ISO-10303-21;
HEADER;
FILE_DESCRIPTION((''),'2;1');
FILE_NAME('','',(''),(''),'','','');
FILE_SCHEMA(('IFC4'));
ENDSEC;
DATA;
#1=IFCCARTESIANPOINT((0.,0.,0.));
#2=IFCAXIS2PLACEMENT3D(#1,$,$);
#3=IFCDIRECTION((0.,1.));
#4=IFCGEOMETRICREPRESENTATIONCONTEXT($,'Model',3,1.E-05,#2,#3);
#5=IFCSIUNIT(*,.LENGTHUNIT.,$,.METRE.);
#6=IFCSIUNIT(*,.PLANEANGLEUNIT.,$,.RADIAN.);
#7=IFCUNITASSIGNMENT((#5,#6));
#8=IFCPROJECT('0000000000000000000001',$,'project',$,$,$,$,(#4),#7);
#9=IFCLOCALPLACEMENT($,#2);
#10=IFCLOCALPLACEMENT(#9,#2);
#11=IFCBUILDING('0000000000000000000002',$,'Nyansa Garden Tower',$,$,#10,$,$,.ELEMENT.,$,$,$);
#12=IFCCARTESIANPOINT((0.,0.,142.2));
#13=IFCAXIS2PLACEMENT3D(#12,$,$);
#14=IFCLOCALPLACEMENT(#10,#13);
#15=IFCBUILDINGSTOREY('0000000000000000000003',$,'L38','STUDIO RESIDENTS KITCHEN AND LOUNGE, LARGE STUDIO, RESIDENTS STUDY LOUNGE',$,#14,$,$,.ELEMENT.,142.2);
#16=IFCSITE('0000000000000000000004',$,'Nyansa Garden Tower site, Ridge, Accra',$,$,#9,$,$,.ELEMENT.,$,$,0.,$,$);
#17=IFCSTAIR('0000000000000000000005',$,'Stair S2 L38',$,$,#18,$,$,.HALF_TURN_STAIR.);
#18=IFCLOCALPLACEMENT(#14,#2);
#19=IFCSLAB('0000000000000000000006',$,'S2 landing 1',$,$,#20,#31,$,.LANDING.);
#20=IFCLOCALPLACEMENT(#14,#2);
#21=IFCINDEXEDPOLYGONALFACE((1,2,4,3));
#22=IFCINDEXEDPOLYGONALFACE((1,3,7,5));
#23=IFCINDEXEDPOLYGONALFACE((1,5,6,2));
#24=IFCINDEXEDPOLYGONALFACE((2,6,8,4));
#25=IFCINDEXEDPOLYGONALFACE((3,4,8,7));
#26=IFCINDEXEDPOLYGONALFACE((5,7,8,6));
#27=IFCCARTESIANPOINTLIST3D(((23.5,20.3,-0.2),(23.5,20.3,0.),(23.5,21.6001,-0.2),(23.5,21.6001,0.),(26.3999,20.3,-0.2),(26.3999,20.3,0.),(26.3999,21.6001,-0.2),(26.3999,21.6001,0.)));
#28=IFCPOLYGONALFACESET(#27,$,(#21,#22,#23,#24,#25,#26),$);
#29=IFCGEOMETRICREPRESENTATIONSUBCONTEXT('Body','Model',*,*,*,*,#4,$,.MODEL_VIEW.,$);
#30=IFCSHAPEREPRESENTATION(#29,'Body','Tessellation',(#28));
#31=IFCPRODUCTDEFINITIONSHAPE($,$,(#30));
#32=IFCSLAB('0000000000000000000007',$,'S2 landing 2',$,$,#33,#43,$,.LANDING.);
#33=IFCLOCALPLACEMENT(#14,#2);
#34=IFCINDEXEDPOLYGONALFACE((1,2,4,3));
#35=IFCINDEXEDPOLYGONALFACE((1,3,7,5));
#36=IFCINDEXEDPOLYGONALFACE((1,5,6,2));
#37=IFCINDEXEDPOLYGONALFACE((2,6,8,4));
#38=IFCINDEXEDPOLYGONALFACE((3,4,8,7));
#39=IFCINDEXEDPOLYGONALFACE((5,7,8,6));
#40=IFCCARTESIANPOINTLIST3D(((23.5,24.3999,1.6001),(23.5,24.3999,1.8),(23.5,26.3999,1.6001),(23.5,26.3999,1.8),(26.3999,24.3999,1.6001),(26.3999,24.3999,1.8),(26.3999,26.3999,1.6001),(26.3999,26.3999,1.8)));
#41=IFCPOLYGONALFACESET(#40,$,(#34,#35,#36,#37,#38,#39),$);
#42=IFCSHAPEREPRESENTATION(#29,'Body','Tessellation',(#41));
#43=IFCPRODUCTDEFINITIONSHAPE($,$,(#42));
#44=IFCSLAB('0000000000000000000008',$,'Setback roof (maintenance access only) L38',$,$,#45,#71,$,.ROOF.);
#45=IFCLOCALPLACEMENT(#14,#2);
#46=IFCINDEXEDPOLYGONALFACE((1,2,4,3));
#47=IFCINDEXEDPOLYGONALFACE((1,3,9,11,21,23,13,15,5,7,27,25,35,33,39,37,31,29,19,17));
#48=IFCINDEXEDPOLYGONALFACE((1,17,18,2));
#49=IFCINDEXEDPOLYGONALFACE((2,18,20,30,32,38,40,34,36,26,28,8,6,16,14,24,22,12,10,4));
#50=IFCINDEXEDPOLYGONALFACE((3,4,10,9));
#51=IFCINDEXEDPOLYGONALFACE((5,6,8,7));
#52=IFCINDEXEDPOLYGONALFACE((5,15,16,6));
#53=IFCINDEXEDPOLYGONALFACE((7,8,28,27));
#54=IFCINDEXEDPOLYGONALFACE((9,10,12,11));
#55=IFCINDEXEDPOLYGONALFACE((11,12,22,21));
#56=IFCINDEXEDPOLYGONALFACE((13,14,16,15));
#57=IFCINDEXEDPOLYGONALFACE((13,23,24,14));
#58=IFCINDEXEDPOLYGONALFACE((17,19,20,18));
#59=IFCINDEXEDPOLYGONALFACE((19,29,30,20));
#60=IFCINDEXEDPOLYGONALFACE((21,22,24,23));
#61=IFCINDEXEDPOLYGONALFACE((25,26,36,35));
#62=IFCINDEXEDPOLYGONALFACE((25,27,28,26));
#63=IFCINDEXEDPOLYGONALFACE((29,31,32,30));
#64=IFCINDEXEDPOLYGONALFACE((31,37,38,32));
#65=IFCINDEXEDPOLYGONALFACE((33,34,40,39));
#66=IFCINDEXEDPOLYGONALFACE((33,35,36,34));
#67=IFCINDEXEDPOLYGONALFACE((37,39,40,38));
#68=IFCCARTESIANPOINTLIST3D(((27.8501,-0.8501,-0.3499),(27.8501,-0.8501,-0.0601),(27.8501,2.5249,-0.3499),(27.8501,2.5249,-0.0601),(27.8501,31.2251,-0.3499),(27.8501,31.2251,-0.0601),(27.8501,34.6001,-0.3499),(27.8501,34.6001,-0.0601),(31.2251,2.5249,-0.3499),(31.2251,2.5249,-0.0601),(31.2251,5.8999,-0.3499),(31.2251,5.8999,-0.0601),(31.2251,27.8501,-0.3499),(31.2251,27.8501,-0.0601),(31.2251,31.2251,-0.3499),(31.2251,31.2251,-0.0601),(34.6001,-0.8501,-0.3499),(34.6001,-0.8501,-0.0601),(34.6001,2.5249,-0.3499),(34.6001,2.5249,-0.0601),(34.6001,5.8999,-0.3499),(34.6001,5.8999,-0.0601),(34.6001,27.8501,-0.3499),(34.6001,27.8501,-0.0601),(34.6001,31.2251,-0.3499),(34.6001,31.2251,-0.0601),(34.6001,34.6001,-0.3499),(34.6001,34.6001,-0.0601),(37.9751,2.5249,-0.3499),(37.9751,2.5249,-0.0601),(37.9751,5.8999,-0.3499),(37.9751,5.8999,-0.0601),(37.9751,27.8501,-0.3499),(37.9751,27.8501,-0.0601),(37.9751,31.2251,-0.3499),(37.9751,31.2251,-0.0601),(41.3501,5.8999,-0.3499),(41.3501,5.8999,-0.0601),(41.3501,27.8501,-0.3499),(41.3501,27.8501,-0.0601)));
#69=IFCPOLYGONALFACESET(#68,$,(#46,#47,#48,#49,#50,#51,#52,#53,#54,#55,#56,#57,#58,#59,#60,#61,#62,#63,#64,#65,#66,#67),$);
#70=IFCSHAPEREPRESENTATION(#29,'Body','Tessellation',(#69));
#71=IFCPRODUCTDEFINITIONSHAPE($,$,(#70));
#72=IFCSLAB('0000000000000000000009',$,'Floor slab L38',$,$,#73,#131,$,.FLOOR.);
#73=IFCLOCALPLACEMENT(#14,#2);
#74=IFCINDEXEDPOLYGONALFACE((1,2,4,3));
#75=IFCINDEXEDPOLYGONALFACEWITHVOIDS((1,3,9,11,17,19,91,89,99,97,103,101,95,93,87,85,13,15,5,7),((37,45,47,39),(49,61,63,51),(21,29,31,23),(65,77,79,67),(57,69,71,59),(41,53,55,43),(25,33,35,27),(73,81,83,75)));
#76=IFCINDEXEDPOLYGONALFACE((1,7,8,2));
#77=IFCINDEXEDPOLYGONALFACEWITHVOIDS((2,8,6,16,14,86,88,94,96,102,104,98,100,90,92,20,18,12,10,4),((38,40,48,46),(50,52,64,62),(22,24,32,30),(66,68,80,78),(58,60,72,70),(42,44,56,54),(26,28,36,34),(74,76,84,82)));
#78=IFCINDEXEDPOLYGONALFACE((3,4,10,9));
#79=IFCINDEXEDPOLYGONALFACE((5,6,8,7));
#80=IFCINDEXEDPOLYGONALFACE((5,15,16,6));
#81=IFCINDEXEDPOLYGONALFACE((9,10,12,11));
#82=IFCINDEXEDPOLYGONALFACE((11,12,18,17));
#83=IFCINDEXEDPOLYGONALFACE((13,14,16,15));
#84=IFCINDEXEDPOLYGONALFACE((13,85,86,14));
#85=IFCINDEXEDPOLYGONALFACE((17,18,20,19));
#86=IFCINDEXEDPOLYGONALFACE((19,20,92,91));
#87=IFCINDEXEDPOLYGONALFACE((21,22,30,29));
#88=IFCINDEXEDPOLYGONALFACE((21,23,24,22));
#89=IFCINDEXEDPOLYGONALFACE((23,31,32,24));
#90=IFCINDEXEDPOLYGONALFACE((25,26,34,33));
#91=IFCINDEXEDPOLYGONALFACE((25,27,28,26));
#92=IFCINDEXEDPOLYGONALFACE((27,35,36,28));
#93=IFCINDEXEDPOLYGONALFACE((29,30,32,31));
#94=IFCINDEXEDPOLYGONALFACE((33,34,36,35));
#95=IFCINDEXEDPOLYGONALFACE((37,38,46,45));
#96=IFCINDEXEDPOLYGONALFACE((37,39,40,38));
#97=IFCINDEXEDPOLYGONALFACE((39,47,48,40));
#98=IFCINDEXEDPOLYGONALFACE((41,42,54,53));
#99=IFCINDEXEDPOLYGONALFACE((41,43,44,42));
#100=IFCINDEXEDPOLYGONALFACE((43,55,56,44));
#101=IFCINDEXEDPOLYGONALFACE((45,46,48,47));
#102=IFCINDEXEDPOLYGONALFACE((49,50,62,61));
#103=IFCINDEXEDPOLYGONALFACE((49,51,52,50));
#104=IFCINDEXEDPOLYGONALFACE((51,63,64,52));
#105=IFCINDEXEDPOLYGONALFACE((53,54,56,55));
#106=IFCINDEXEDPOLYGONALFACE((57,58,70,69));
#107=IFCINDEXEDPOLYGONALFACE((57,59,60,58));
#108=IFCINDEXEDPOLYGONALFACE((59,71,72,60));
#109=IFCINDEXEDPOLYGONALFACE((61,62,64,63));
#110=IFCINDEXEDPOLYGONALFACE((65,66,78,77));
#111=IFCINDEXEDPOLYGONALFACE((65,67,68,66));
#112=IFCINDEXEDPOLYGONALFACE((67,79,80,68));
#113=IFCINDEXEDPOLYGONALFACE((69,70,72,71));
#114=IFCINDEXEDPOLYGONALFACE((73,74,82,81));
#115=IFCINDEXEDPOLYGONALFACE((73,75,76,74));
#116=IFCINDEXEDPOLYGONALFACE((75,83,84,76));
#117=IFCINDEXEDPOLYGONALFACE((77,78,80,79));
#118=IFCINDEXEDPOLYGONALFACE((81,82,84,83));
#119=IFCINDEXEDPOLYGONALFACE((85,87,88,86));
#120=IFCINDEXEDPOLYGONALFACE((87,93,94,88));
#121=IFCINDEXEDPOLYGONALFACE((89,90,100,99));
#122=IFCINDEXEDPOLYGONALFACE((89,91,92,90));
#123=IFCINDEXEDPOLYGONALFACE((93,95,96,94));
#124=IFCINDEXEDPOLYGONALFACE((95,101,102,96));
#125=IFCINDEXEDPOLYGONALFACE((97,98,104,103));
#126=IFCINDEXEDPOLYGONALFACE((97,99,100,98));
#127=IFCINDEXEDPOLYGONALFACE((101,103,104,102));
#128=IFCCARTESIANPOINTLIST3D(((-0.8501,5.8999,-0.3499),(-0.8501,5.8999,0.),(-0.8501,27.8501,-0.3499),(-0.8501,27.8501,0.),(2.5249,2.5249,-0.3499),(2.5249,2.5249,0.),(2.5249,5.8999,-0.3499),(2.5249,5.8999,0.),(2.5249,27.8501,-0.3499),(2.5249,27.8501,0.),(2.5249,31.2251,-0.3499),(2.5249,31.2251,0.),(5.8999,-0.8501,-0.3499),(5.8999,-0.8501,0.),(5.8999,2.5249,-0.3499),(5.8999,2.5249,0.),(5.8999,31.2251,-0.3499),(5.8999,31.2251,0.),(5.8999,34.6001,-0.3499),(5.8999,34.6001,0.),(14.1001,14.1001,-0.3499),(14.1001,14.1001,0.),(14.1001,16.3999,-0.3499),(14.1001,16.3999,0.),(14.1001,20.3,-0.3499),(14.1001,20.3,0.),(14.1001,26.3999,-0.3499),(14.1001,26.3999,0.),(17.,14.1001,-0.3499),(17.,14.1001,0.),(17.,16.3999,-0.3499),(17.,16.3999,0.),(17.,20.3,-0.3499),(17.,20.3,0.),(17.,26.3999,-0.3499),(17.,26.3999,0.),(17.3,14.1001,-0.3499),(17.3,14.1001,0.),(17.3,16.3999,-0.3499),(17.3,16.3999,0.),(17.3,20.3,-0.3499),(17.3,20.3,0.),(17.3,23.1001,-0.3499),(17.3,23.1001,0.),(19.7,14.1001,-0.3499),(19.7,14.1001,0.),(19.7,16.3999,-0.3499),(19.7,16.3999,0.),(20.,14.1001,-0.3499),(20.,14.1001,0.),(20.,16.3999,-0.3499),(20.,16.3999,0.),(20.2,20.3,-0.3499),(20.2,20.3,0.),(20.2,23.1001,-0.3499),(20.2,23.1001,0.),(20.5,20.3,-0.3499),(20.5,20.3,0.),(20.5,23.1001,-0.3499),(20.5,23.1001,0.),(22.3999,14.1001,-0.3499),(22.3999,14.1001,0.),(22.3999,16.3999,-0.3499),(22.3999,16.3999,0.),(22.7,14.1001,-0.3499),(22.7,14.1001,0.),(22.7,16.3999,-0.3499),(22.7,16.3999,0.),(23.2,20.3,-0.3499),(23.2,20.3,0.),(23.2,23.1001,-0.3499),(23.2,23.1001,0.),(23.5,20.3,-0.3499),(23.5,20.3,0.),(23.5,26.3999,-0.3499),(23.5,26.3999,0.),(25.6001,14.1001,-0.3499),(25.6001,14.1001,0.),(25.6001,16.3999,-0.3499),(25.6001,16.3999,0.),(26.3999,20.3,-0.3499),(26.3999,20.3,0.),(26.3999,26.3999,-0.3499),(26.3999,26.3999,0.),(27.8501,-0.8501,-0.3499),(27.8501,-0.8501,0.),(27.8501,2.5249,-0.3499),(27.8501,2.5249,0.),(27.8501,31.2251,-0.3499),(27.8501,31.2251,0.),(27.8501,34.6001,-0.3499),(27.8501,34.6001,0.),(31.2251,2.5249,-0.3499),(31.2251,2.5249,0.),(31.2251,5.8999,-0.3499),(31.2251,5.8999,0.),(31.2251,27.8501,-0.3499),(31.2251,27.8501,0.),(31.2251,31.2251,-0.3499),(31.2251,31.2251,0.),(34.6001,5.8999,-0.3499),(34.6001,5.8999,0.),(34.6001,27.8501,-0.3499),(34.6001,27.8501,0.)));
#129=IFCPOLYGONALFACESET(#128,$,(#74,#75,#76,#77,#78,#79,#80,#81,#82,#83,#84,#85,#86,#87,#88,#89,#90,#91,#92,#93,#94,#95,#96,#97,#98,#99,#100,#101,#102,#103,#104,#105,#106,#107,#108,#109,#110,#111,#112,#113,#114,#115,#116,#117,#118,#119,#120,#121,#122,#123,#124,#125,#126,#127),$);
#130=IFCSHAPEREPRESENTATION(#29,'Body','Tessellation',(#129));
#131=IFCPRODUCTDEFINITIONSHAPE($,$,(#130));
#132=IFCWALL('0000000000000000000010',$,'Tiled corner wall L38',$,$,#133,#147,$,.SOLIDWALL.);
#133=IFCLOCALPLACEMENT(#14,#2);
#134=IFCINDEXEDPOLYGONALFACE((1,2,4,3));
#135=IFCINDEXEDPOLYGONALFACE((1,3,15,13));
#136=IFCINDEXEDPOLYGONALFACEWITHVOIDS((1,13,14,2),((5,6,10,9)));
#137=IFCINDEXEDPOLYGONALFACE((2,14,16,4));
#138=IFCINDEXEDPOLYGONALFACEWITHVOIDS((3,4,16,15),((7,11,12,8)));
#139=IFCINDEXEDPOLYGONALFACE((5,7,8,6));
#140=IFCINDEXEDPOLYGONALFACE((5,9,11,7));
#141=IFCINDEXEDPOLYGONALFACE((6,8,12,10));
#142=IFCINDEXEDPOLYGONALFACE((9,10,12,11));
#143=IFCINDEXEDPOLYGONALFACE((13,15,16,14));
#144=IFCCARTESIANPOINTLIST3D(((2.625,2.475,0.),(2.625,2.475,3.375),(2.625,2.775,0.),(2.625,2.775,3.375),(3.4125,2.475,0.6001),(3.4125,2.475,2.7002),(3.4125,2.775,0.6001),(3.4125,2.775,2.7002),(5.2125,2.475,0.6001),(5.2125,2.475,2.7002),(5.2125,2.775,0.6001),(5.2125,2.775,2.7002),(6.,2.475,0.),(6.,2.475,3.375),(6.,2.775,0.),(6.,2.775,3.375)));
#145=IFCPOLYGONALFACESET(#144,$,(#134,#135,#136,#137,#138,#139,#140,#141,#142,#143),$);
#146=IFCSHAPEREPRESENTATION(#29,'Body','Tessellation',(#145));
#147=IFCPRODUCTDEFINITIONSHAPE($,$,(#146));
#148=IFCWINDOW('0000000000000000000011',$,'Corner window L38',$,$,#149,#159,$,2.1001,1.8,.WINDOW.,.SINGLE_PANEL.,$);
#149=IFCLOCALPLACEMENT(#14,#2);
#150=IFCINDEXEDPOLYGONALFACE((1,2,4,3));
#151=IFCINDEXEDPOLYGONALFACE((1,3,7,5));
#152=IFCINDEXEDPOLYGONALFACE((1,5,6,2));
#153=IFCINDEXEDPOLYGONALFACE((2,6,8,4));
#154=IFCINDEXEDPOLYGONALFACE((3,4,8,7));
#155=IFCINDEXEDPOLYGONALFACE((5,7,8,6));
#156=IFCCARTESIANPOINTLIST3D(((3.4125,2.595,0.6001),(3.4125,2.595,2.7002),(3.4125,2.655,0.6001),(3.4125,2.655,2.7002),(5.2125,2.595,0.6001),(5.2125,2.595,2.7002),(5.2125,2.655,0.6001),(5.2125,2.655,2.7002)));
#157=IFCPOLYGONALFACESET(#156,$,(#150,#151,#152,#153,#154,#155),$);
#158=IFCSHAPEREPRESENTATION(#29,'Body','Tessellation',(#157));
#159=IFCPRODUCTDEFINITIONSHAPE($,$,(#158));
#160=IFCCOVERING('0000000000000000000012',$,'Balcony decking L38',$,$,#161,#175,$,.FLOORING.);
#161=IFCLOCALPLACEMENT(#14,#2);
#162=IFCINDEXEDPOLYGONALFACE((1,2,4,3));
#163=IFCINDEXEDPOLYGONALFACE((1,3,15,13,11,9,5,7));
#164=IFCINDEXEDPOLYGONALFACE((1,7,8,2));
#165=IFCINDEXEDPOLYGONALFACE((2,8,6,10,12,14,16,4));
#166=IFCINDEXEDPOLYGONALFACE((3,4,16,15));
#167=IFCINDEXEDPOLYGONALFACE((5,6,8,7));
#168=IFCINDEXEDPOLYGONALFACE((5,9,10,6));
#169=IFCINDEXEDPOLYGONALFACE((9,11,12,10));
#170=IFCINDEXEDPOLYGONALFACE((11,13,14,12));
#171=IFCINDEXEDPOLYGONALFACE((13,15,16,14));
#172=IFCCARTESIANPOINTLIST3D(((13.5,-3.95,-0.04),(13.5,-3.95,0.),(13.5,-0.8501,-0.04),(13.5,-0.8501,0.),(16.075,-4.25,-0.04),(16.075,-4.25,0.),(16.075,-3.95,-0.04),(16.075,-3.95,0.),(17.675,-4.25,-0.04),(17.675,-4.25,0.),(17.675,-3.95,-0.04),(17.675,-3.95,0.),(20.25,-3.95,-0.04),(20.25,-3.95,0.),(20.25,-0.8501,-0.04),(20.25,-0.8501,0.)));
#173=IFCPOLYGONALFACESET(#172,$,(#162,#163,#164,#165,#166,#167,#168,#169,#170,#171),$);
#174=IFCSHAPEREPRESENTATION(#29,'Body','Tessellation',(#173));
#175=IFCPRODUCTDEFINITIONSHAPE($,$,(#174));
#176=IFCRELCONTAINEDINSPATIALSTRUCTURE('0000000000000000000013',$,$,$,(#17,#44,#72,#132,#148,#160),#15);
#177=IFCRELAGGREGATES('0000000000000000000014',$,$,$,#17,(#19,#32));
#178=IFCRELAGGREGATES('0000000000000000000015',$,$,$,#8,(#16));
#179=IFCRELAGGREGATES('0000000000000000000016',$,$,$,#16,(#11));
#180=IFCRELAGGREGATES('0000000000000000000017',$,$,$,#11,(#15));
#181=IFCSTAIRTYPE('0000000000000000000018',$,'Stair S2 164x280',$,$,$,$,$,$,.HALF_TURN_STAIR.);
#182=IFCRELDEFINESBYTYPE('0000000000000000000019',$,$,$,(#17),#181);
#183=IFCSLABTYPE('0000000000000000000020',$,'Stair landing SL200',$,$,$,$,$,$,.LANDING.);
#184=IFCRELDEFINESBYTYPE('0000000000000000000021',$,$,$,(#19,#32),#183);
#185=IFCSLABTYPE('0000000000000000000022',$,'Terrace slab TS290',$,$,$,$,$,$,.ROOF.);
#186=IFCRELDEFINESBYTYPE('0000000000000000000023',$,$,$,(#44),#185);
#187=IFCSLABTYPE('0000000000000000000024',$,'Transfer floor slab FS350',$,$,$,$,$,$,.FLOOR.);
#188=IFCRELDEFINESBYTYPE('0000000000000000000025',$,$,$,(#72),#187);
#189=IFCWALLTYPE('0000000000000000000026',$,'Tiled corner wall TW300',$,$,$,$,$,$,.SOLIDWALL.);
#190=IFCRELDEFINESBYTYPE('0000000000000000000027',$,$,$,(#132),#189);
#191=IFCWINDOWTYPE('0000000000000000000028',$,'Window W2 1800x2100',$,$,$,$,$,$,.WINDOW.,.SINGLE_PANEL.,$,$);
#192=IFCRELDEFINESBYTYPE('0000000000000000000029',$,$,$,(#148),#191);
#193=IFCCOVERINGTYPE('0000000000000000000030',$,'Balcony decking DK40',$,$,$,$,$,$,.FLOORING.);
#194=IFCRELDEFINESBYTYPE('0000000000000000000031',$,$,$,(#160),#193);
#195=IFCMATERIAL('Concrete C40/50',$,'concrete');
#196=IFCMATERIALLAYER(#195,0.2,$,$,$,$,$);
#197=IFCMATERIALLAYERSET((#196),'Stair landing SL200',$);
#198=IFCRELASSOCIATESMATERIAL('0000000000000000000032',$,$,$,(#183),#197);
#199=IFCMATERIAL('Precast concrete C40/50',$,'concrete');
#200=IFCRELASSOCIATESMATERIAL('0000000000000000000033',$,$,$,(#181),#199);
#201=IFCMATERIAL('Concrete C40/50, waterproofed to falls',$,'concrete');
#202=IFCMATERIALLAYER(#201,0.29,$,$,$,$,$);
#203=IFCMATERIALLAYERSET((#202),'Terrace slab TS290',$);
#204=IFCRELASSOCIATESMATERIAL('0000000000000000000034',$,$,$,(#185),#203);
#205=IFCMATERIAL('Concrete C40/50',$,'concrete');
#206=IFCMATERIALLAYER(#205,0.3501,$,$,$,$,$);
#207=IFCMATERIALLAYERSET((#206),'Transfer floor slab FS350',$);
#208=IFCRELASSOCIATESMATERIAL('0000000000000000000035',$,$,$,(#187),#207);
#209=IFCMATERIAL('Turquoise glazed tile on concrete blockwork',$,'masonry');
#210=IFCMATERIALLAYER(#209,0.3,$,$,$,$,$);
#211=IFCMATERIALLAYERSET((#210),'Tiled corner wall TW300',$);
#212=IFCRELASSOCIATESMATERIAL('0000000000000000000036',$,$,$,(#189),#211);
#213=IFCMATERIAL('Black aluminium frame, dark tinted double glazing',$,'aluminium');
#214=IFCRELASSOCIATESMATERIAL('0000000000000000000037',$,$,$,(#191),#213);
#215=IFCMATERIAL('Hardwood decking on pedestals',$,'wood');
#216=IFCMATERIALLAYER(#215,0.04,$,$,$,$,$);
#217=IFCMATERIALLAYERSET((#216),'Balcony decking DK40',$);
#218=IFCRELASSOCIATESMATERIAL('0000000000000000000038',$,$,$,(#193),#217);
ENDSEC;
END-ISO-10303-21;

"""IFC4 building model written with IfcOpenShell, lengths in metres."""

from ifc_helpers import new_model, si_unit, direction, frame, frame_2d, origin, place, context, subcontext, project, spatial, polyline, rectangle, outline, extrude, material, layer, layer_set, type_object, element, fill, aggregate, save


model = new_model("IFC4")

# Units and contexts
model_context = context("Model", 3, precision=1e-05, world=origin(), true_north=direction((0.0, 1.0)))
body_context = subcontext(model_context, "Body", "Model", "MODEL_VIEW")
ifc_project = project(units=[si_unit("LENGTHUNIT", "METRE"), si_unit("PLANEANGLEUNIT", "RADIAN")], contexts=[model_context])

# Site, building, storey
site_placement = place(None, origin())
site = spatial("IfcSite", under=ifc_project, at=site_placement, Name="Nyansa Garden Tower site, Ridge, Accra", CompositionType="ELEMENT", RefElevation=0.0)
building_placement = place(site_placement, origin())
building = spatial("IfcBuilding", under=site, at=building_placement, Name="Nyansa Garden Tower", CompositionType="ELEMENT")
storey_placement = place(building_placement, frame((0.0, 0.0, 142.2)))
storey = spatial("IfcBuildingStorey", under=building, at=storey_placement, Name="L38", Description="STUDIO RESIDENTS KITCHEN AND LOUNGE, LARGE STUDIO, RESIDENTS STUDY LOUNGE", CompositionType="ELEMENT", Elevation=142.2)

# Stair, slabs
ifc_material_1 = material(Name="Concrete C40/50", Category="concrete")
ifc_layer_1 = layer(ifc_material_1, 0.2)
ifc_layer_set_1 = layer_set([ifc_layer_1], Name="Stair landing SL200")
slab_type_1 = type_object("IfcSlabType", Name="Stair landing SL200", PredefinedType="LANDING", material=ifc_layer_set_1)
ifc_material_2 = material(Name="Precast concrete C40/50", Category="concrete")
stair_type_1 = type_object("IfcStairType", Name="Stair S2 164x280", PredefinedType="HALF_TURN_STAIR", material=ifc_material_2)
stair_1_placement = place(storey_placement, origin())
stair_1 = element("IfcStair", 1, at=stair_1_placement, inside=storey, type_object=stair_type_1, Name="Stair S2 L38", PredefinedType="HALF_TURN_STAIR")
slab_1_placement = place(storey_placement, frame((0.0, 0.0, -0.2)))
slab_1 = element("IfcSlab", 2, at=slab_1_placement, type_object=slab_type_1, Name="S2 landing 1", PredefinedType="LANDING", context=body_context, shape_type="SweptSolid", body=[
    extrude(outline(polyline([(23.5, 20.3), (26.3999, 20.3), (26.3999, 21.6001), (23.5, 21.6001), (23.5, 20.3)])), origin(), (0.0, 0.0, 1.0), 0.2),
])
slab_2_placement = place(storey_placement, frame((0.0, 0.0, 1.6001)))
slab_2 = element("IfcSlab", 3, at=slab_2_placement, type_object=slab_type_1, Name="S2 landing 2", PredefinedType="LANDING", context=body_context, shape_type="SweptSolid", body=[
    extrude(outline(polyline([(23.5, 24.3999), (26.3999, 24.3999), (26.3999, 26.3999), (23.5, 26.3999), (23.5, 24.3999)])), origin(), (0.0, 0.0, 1.0), 0.2),
])
aggregate(stair_1, [slab_1, slab_2])

# Slabs
ifc_material_3 = material(Name="Concrete C40/50, waterproofed to falls", Category="concrete")
ifc_layer_2 = layer(ifc_material_3, 0.29)
ifc_layer_set_2 = layer_set([ifc_layer_2], Name="Terrace slab TS290")
slab_type_2 = type_object("IfcSlabType", Name="Terrace slab TS290", PredefinedType="ROOF", material=ifc_layer_set_2)
slab_3_placement = place(storey_placement, frame((0.0, 0.0, -0.3499)))
element("IfcSlab", 4, at=slab_3_placement, inside=storey, type_object=slab_type_2, Name="Setback roof (maintenance access only) L38", PredefinedType="ROOF", context=body_context, shape_type="SweptSolid", body=[
    extrude(outline(polyline([(37.9751, 5.8999), (37.9751, 2.5249), (34.6001, 2.5249), (34.6001, -0.8501), (27.8501, -0.8501), (27.8501, 2.5249), (31.2251, 2.5249), (31.2251, 5.8999), (34.6001, 5.8999), (34.6001, 27.8501), (31.2251, 27.8501), (31.2251, 31.2251), (27.8501, 31.2251), (27.8501, 34.6001), (34.6001, 34.6001), (34.6001, 31.2251), (37.9751, 31.2251), (37.9751, 27.8501), (41.3501, 27.8501), (41.3501, 5.8999), (37.9751, 5.8999)])), origin(), (0.0, 0.0, 1.0), 0.2898),
])
ifc_material_4 = material(Name="Concrete C40/50", Category="concrete")
ifc_layer_3 = layer(ifc_material_4, 0.3501)
ifc_layer_set_3 = layer_set([ifc_layer_3], Name="Transfer floor slab FS350")
slab_type_3 = type_object("IfcSlabType", Name="Transfer floor slab FS350", PredefinedType="FLOOR", material=ifc_layer_set_3)
slab_4_placement = place(storey_placement, frame((0.0, 0.0, -0.3499)))
element("IfcSlab", 5, at=slab_4_placement, inside=storey, type_object=slab_type_3, Name="Floor slab L38", PredefinedType="FLOOR", context=body_context, shape_type="SweptSolid", body=[
    extrude(outline(polyline([(34.6001, 5.8999), (31.2251, 5.8999), (31.2251, 2.5249), (27.8501, 2.5249), (27.8501, -0.8501), (5.8999, -0.8501), (5.8999, 2.5249), (2.5249, 2.5249), (2.5249, 5.8999), (-0.8501, 5.8999), (-0.8501, 27.8501), (2.5249, 27.8501), (2.5249, 31.2251), (5.8999, 31.2251), (5.8999, 34.6001), (27.8501, 34.6001), (27.8501, 31.2251), (31.2251, 31.2251), (31.2251, 27.8501), (34.6001, 27.8501), (34.6001, 5.8999)]), holes=[polyline([(14.1001, 14.1001), (17.0, 14.1001), (17.0, 16.3999), (14.1001, 16.3999), (14.1001, 14.1001)]), polyline([(17.3, 14.1001), (19.7, 14.1001), (19.7, 16.3999), (17.3, 16.3999), (17.3, 14.1001)]), polyline([(20.0, 14.1001), (22.3999, 14.1001), (22.3999, 16.3999), (20.0, 16.3999), (20.0, 14.1001)]), polyline([(22.7, 14.1001), (25.6001, 14.1001), (25.6001, 16.3999), (22.7, 16.3999), (22.7, 14.1001)]), polyline([(17.3, 20.3), (20.2, 20.3), (20.2, 23.1001), (17.3, 23.1001), (17.3, 20.3)]), polyline([(20.5, 20.3), (23.2, 20.3), (23.2, 23.1001), (20.5, 23.1001), (20.5, 20.3)]), polyline([(14.1001, 20.3), (17.0, 20.3), (17.0, 26.3999), (14.1001, 26.3999), (14.1001, 20.3)]), polyline([(23.5, 20.3), (26.3999, 20.3), (26.3999, 26.3999), (23.5, 26.3999), (23.5, 20.3)])]), origin(), (0.0, 0.0, 1.0), 0.3499),
])

# Wall, opening, window
ifc_material_5 = material(Name="Turquoise glazed tile on concrete blockwork", Category="masonry")
ifc_layer_4 = layer(ifc_material_5, 0.3)
ifc_layer_set_4 = layer_set([ifc_layer_4], Name="Tiled corner wall TW300")
wall_type = type_object("IfcWallType", Name="Tiled corner wall TW300", PredefinedType="SOLIDWALL", material=ifc_layer_set_4)
wall_placement = place(storey_placement, frame((2.625, 2.625, 0.0), z_axis=(0.0, 0.0, 1.0), x_axis=(1.0, 0.0, 0.0)))
wall = element("IfcWall", 6, at=wall_placement, inside=storey, type_object=wall_type, Name="Tiled corner wall L38", PredefinedType="SOLIDWALL", context=body_context, shape_type="SweptSolid", body=[
    extrude(rectangle(XDim=3.375, YDim=0.3, at=frame_2d((1.6875, 0.0))), origin(), (0.0, 0.0, 1.0), 3.375),
])
opening_placement = place(wall_placement, frame((0.7876, 0.0, 0.6001)))
opening = element("IfcOpeningElement", 7, at=opening_placement, cuts=wall, PredefinedType="OPENING", context=body_context, shape_type="SweptSolid", body=[
    extrude(rectangle(XDim=1.8, YDim=2.1001, at=frame_2d((0.8999, 1.05))), frame((0.0, 0.1599, 0.0), z_axis=(0.0, -1.0, 0.0), x_axis=(1.0, 0.0, 0.0)), (0.0, 0.0, 1.0), 0.3201),
])
ifc_material_6 = material(Name="Black aluminium frame, dark tinted double glazing", Category="aluminium")
window_type = type_object("IfcWindowType", Name="Window W2 1800x2100", PartitioningType="SINGLE_PANEL", PredefinedType="WINDOW", material=ifc_material_6)
window_placement = place(opening_placement, origin())
window = element("IfcWindow", 8, at=window_placement, inside=storey, type_object=window_type, Name="Corner window L38", OverallHeight=2.1001, OverallWidth=1.8, PartitioningType="SINGLE_PANEL", PredefinedType="WINDOW", context=body_context, shape_type="SweptSolid", body=[
    extrude(rectangle(XDim=1.8, YDim=2.1001, at=frame_2d((0.8999, 1.05))), frame((0.0, 0.03, 0.0), z_axis=(0.0, -1.0, 0.0), x_axis=(1.0, 0.0, 0.0)), (0.0, 0.0, 1.0), 0.0601),
])
fill(opening, window)

# Covering
ifc_material_7 = material(Name="Hardwood decking on pedestals", Category="wood")
ifc_layer_5 = layer(ifc_material_7, 0.04)
ifc_layer_set_5 = layer_set([ifc_layer_5], Name="Balcony decking DK40")
covering_type_1 = type_object("IfcCoveringType", Name="Balcony decking DK40", PredefinedType="FLOORING", material=ifc_layer_set_5)
covering_1_placement = place(storey_placement, frame((0.0, 0.0, -0.04)))
element("IfcCovering", 9, at=covering_1_placement, inside=storey, type_object=covering_type_1, Name="Balcony decking L38", PredefinedType="FLOORING", context=body_context, shape_type="SweptSolid", body=[
    extrude(outline(polyline([(13.5, -0.8501), (20.25, -0.8501), (20.25, -3.95), (17.675, -3.95), (17.675, -4.25), (16.075, -4.25), (16.075, -3.95), (13.5, -3.95), (13.5, -0.8501)])), origin(), (0.0, 0.0, 1.0), 0.04),
])

save(model, "model.ifc")
